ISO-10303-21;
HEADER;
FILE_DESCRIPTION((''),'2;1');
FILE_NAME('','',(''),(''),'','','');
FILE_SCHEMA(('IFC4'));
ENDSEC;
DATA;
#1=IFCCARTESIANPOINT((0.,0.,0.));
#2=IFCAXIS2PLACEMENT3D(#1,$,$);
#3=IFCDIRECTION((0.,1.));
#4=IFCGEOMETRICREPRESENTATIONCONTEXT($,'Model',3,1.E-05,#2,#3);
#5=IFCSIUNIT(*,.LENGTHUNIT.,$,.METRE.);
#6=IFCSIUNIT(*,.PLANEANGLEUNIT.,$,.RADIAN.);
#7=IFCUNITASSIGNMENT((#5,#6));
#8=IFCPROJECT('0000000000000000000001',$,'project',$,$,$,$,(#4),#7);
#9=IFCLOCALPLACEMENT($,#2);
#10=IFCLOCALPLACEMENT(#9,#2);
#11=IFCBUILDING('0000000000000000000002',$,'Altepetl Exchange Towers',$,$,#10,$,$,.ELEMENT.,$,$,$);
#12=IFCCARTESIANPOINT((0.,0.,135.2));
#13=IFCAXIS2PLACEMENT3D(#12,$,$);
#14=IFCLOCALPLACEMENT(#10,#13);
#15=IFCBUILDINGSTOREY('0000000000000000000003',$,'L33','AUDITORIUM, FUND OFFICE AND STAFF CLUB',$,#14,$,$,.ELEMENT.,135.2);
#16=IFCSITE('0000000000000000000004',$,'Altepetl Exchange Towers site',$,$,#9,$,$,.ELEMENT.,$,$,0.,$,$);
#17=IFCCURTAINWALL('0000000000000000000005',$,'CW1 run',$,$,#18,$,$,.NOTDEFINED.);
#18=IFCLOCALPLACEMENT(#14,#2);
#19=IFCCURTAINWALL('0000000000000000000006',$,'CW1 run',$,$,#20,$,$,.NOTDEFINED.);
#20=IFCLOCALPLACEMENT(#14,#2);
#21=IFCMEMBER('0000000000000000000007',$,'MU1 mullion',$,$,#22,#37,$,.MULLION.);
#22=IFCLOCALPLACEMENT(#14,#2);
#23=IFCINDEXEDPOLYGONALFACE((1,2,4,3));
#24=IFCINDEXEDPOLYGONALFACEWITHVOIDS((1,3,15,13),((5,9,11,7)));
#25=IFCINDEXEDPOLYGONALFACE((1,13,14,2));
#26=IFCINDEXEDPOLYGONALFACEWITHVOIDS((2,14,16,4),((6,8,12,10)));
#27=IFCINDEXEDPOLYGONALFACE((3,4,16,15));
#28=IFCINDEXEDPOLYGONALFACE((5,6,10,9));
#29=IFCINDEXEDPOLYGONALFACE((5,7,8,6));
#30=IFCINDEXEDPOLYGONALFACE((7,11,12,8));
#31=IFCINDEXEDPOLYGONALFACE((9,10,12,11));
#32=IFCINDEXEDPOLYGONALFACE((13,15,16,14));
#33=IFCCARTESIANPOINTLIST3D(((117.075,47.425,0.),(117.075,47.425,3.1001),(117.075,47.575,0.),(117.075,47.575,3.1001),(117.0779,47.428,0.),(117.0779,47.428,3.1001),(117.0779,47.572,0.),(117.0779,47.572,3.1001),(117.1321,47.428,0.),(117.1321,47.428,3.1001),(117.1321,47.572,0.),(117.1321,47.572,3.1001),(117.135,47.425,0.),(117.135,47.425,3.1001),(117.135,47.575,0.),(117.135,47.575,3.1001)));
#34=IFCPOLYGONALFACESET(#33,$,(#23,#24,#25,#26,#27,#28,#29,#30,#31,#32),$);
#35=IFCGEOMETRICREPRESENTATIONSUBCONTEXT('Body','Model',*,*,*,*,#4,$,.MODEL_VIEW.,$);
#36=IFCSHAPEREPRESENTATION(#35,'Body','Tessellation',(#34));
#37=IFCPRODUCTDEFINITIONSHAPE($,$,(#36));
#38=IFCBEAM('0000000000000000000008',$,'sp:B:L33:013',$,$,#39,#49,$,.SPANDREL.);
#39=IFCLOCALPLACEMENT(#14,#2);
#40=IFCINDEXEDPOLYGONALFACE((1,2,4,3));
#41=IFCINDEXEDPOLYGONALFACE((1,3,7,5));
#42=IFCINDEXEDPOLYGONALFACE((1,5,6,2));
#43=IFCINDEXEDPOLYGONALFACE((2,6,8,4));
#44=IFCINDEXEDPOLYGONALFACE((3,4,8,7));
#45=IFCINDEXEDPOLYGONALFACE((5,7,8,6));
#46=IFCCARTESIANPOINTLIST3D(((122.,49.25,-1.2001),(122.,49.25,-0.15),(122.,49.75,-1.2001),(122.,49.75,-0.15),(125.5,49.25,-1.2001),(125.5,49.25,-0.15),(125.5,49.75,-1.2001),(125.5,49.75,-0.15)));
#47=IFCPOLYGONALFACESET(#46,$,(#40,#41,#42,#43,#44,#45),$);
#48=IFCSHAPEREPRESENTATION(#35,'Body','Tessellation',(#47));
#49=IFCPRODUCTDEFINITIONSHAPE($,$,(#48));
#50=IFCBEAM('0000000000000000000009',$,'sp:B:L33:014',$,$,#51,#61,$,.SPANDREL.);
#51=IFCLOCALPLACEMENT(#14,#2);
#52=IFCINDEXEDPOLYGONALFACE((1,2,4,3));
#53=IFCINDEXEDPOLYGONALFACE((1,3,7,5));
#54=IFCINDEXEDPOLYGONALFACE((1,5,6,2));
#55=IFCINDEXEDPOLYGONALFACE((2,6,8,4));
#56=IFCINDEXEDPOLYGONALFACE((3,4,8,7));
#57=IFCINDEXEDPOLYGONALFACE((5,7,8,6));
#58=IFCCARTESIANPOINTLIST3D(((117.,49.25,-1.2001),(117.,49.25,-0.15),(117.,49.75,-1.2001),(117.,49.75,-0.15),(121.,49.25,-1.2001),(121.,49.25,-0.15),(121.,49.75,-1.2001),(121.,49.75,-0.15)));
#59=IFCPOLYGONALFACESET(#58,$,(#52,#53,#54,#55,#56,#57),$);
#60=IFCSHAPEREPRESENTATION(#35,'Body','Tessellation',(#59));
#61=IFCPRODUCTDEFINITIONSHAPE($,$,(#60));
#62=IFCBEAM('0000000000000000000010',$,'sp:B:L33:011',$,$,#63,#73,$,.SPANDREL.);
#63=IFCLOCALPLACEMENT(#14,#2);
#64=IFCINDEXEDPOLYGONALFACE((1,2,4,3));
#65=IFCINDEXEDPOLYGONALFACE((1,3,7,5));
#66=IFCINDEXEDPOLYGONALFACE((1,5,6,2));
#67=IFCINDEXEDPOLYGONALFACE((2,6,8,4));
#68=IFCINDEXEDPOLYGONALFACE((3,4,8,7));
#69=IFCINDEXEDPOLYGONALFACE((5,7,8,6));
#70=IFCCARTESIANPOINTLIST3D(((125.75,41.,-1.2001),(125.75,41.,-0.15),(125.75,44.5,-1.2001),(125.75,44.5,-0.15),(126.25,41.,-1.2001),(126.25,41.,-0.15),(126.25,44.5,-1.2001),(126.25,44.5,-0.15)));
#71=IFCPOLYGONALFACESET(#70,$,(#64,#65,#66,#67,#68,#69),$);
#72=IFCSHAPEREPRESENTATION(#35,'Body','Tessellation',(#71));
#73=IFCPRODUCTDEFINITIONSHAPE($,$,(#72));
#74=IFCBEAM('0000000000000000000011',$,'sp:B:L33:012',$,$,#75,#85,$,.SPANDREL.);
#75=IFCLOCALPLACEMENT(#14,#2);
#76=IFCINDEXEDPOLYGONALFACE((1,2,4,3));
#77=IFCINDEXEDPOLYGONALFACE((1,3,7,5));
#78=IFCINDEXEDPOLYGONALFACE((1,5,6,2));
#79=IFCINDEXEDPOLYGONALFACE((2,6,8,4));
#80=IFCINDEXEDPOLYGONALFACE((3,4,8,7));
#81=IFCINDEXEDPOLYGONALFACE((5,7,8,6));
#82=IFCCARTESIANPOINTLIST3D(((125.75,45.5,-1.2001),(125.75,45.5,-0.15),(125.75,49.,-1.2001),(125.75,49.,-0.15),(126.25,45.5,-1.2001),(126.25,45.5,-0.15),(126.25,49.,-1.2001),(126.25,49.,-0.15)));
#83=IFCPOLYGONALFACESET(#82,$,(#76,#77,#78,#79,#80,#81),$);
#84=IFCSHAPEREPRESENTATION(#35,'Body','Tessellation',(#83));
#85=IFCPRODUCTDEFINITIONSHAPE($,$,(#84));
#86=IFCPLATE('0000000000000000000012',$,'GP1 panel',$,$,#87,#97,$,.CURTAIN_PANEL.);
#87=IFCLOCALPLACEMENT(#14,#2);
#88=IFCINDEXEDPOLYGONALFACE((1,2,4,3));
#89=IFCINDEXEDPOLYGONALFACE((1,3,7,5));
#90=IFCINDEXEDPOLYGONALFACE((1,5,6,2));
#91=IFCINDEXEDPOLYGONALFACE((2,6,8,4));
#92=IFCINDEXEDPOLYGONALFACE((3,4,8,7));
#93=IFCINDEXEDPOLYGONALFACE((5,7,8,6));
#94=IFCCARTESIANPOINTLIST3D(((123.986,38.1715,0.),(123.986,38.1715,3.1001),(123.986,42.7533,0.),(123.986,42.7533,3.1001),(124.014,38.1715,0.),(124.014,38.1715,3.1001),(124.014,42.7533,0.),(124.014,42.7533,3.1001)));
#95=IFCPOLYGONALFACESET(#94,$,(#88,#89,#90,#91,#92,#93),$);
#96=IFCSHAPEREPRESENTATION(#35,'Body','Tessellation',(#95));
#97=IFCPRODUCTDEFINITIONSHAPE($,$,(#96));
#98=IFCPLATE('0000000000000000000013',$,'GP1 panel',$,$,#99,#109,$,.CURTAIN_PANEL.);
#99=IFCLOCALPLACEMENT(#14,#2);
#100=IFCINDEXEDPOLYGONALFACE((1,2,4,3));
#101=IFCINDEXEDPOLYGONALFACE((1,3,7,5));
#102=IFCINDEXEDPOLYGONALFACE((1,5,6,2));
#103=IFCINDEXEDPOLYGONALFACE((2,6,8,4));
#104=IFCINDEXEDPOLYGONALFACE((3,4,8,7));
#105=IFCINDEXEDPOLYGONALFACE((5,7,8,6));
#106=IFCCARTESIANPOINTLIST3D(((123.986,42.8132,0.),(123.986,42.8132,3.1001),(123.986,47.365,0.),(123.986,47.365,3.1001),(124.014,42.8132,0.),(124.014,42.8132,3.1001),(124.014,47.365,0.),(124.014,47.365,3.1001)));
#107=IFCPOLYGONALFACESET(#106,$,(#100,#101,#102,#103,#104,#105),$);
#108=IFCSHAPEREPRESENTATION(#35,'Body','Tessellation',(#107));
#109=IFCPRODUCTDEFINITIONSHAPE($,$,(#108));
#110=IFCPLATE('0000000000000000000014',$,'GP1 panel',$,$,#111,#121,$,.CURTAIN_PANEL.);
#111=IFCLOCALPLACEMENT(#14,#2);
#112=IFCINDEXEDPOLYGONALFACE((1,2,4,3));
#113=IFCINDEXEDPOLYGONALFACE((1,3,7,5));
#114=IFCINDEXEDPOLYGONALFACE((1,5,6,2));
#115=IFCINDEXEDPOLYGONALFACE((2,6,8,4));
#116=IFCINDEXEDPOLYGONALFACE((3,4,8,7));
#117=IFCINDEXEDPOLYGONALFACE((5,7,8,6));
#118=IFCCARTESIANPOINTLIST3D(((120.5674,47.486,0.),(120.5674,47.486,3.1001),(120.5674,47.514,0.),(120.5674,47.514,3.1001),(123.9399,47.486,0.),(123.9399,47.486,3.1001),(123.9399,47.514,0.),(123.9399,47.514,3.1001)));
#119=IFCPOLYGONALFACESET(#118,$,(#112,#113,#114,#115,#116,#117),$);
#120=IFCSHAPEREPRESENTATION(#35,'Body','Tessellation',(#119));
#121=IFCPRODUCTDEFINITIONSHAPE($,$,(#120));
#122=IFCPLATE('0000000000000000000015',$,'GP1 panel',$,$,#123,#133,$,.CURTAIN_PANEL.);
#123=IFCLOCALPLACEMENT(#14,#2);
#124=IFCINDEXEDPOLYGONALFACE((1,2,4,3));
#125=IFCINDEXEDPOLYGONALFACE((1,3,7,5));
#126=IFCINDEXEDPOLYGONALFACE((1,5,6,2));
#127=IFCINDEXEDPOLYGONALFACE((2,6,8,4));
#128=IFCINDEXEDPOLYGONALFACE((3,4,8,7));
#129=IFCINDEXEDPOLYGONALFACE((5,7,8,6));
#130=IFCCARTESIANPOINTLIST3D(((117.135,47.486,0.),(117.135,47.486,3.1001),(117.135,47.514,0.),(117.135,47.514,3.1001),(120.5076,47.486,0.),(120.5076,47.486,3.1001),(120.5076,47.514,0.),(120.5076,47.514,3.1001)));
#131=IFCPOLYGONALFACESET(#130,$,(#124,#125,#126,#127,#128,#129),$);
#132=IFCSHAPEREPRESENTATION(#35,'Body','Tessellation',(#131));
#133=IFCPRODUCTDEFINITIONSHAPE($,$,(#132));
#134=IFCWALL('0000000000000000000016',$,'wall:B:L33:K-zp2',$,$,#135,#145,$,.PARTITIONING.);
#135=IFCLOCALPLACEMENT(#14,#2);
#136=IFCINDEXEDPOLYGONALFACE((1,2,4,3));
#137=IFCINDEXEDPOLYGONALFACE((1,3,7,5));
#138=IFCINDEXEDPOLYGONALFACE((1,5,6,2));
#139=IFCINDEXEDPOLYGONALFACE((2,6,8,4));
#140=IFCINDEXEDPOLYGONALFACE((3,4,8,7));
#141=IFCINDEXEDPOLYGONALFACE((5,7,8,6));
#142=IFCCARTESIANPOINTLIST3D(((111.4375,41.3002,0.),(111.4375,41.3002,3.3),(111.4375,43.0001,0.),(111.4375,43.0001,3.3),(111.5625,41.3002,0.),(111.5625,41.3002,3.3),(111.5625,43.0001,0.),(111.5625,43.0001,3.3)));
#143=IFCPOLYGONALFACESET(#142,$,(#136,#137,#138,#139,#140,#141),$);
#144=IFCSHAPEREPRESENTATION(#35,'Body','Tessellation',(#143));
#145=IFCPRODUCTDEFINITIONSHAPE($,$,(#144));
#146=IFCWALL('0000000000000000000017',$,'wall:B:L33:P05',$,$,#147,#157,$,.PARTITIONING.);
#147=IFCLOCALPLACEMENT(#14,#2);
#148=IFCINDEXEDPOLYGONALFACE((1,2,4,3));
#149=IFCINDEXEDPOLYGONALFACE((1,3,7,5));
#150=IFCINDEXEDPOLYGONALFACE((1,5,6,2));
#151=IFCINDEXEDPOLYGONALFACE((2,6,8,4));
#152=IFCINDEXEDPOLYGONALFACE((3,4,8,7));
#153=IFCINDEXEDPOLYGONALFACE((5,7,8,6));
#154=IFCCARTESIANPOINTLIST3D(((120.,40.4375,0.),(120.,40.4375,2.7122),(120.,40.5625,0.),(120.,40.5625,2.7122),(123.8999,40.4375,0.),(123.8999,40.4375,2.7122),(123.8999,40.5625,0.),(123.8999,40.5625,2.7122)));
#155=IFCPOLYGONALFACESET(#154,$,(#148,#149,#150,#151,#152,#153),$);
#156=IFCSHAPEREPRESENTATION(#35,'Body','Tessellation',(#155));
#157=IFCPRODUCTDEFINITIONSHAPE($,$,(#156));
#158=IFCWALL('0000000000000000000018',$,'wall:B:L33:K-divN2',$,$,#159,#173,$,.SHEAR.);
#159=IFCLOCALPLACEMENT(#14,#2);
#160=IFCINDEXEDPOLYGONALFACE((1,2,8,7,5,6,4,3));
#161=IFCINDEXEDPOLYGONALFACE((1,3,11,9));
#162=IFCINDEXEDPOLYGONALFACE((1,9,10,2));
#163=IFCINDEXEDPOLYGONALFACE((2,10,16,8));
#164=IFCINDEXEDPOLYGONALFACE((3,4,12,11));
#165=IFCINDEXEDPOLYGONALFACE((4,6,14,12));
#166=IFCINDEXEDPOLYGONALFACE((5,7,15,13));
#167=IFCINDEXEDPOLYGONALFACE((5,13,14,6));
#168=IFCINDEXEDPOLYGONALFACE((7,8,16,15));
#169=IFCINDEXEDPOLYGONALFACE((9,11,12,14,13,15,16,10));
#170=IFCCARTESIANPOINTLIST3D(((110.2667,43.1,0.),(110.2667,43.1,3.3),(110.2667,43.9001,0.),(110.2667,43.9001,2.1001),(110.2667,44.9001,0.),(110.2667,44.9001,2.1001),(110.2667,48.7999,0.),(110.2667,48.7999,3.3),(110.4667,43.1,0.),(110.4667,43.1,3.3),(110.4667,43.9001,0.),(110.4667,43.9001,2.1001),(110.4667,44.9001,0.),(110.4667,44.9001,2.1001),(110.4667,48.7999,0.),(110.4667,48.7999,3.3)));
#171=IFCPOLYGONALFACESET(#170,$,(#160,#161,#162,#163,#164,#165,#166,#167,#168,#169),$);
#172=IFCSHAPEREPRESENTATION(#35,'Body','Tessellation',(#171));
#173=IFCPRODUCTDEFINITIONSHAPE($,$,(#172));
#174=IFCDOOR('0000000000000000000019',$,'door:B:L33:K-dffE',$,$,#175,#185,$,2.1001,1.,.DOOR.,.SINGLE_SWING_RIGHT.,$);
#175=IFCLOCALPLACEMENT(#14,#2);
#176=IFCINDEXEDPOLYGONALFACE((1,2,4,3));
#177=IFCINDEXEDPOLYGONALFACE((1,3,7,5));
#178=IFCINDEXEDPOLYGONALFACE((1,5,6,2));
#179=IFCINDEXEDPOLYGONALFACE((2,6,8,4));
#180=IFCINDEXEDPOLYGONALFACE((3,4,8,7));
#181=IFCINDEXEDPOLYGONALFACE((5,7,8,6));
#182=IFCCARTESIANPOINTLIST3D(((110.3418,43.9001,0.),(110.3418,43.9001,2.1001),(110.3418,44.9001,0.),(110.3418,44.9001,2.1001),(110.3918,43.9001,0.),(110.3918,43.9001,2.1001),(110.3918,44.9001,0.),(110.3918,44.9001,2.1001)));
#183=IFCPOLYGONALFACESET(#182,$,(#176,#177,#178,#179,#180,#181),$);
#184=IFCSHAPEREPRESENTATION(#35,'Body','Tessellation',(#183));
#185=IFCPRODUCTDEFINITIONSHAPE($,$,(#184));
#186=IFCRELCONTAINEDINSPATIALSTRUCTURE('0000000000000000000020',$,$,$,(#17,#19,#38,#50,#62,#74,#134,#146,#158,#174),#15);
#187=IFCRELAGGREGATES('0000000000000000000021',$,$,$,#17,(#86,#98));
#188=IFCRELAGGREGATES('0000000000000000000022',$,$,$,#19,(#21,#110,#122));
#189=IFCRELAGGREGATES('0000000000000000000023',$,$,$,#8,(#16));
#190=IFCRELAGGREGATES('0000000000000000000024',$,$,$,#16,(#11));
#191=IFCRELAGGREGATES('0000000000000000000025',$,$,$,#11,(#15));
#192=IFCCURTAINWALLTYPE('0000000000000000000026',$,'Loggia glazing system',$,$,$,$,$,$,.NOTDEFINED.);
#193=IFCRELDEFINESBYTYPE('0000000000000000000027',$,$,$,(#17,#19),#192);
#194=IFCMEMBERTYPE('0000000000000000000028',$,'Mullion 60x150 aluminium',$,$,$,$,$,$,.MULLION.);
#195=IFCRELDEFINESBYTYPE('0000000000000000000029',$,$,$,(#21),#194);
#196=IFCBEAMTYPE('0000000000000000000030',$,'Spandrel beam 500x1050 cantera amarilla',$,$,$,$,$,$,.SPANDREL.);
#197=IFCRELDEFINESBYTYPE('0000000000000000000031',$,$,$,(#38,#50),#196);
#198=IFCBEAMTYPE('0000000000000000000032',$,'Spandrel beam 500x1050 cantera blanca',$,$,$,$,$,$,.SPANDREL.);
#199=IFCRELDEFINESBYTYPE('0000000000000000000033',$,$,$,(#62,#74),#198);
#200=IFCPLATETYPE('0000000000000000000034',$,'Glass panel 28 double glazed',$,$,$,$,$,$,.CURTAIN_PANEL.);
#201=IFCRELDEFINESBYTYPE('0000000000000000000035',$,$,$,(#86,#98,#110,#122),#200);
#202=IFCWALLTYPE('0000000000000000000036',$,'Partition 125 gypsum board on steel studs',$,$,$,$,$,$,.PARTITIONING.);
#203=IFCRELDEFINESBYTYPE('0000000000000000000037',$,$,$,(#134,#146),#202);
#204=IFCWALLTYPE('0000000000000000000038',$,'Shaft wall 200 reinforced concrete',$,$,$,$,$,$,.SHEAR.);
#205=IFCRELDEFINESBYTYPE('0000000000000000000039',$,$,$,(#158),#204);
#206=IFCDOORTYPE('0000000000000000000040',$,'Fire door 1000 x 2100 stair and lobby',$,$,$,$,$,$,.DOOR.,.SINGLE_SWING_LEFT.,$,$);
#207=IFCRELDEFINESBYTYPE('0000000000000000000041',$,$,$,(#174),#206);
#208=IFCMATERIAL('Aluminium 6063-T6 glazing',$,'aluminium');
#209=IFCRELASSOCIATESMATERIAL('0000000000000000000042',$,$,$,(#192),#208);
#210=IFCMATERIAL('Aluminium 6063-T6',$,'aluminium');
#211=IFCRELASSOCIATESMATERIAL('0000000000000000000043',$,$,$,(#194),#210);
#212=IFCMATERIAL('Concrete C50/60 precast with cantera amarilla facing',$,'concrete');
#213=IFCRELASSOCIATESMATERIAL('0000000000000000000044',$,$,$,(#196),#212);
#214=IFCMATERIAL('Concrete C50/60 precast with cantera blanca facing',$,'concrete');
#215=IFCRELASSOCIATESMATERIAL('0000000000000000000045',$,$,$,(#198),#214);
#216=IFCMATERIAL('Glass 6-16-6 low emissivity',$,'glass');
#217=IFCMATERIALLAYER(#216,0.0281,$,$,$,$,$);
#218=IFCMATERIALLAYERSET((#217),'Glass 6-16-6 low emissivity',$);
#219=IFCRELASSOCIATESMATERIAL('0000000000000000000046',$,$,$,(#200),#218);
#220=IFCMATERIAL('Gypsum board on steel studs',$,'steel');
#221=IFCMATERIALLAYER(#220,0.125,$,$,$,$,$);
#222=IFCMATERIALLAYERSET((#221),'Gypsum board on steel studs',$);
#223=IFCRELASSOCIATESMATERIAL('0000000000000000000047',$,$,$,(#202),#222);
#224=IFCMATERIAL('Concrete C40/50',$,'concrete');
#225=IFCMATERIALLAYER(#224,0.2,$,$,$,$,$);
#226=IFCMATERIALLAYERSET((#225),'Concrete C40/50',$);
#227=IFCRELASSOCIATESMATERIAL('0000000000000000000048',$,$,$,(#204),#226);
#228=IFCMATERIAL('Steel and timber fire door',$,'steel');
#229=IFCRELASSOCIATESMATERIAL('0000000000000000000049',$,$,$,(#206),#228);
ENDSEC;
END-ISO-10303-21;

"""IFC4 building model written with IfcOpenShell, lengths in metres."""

from ifc_helpers import new_model, si_unit, direction, frame, frame_2d, origin, origin_2d, place, context, subcontext, project, spatial, rectangle, hollow_rectangle, extrude, material, layer, layer_set, material_profile, profile_set, type_object, element, fill, aggregate, save


model = new_model("IFC4")

# Units and contexts
model_context = context("Model", 3, precision=1e-05, world=origin(), true_north=direction((0.0, 1.0)))
body_context = subcontext(model_context, "Body", "Model", "MODEL_VIEW")
ifc_project = project(units=[si_unit("LENGTHUNIT", "METRE"), si_unit("PLANEANGLEUNIT", "RADIAN")], contexts=[model_context])

# Site, building, storey
site_placement = place(None, origin())
site = spatial("IfcSite", under=ifc_project, at=site_placement, Name="Altepetl Exchange Towers site", CompositionType="ELEMENT", RefElevation=0.0)
building_placement = place(site_placement, origin())
building = spatial("IfcBuilding", under=site, at=building_placement, Name="Altepetl Exchange Towers", CompositionType="ELEMENT")
storey_placement = place(building_placement, frame((0.0, 0.0, 135.2)))
storey = spatial("IfcBuildingStorey", under=building, at=storey_placement, Name="L33", Description="AUDITORIUM, FUND OFFICE AND STAFF CLUB", CompositionType="ELEMENT", Elevation=135.2)

# Curtain walls, member
ifc_material_1 = material(Name="Aluminium 6063-T6 glazing", Category="aluminium")
curtain_wall_type = type_object("IfcCurtainWallType", Name="Loggia glazing system", PredefinedType="NOTDEFINED", material=ifc_material_1)
curtain_wall_1_placement = place(storey_placement, origin())
curtain_wall_1 = element("IfcCurtainWall", 1, at=curtain_wall_1_placement, inside=storey, type_object=curtain_wall_type, Name="CW1 run", PredefinedType="NOTDEFINED")
ifc_material_2 = material(Name="Aluminium 6063-T6", Category="aluminium")
ifc_material_profile_1 = material_profile(ifc_material_2, hollow_rectangle(XDim=0.0601, YDim=0.1499, WallThickness=0.0029, at=origin_2d()), Name="Mullion 60x150 aluminium")
ifc_profile_set_1 = profile_set([ifc_material_profile_1], Name="Aluminium 6063-T6")
member_type = type_object("IfcMemberType", Name="Mullion 60x150 aluminium", PredefinedType="MULLION", material=ifc_profile_set_1)
curtain_wall_2_placement = place(storey_placement, origin())
curtain_wall_2 = element("IfcCurtainWall", 2, at=curtain_wall_2_placement, inside=storey, type_object=curtain_wall_type, Name="CW1 run", PredefinedType="NOTDEFINED")
member_1_placement = place(storey_placement, frame((117.105, 47.5, 0.0), z_axis=(0.0, 0.0, 1.0), x_axis=(-1.0, 0.0, 0.0)))
member_1 = element("IfcMember", 3, at=member_1_placement, type_object=member_type, Name="MU1 mullion", PredefinedType="MULLION", context=body_context, shape_type="SweptSolid", body=[
    extrude(hollow_rectangle(XDim=0.0601, YDim=0.1499, WallThickness=0.0029, at=origin_2d()), origin(), (0.0, 0.0, 1.0), 3.1001),
])

# Beams
ifc_material_3 = material(Name="Concrete C50/60 precast with cantera amarilla facing", Category="concrete")
ifc_material_profile_2 = material_profile(ifc_material_3, rectangle(XDim=0.5, YDim=1.05, at=origin_2d()), Name="500 x 1050")
ifc_profile_set_2 = profile_set([ifc_material_profile_2], Name="Concrete C50/60 precast with cantera amarilla facing")
beam_type_1 = type_object("IfcBeamType", Name="Spandrel beam 500x1050 cantera amarilla", PredefinedType="SPANDREL", material=ifc_profile_set_2)
beam_1_placement = place(storey_placement, frame((125.5, 49.5, -0.675), z_axis=(-1.0, 0.0, 0.0), x_axis=(0.0, -1.0, 0.0)))
element("IfcBeam", 4, at=beam_1_placement, inside=storey, type_object=beam_type_1, Name="sp:B:L33:013", PredefinedType="SPANDREL", context=body_context, shape_type="SweptSolid", body=[
    extrude(rectangle(XDim=0.5, YDim=1.05, at=origin_2d()), origin(), (0.0, 0.0, 1.0), 3.5),
])
beam_2_placement = place(storey_placement, frame((121.0, 49.5, -0.675), z_axis=(-1.0, 0.0, 0.0), x_axis=(0.0, -1.0, 0.0)))
element("IfcBeam", 5, at=beam_2_placement, inside=storey, type_object=beam_type_1, Name="sp:B:L33:014", PredefinedType="SPANDREL", context=body_context, shape_type="SweptSolid", body=[
    extrude(rectangle(XDim=0.5, YDim=1.05, at=origin_2d()), origin(), (0.0, 0.0, 1.0), 4.0),
])
ifc_material_4 = material(Name="Concrete C50/60 precast with cantera blanca facing", Category="concrete")
ifc_material_profile_3 = material_profile(ifc_material_4, rectangle(XDim=0.5, YDim=1.05, at=origin_2d()), Name="500 x 1050")
ifc_profile_set_3 = profile_set([ifc_material_profile_3], Name="Concrete C50/60 precast with cantera blanca facing")
beam_type_2 = type_object("IfcBeamType", Name="Spandrel beam 500x1050 cantera blanca", PredefinedType="SPANDREL", material=ifc_profile_set_3)
for number, where, z_axis, x_axis, name in (
    (6, (126.0, 41.0, -0.675), (0.0, 1.0, 0.0), (-1.0, 0.0, 0.0), "sp:B:L33:011"),
    (7, (126.0, 45.5, -0.675), (0.0, 1.0, 0.0), (-1.0, 0.0, 0.0), "sp:B:L33:012"),
):
    element("IfcBeam", number, at=place(storey_placement, frame(where, z_axis=z_axis, x_axis=x_axis)), inside=storey, type_object=beam_type_2, Name=name, PredefinedType="SPANDREL", context=body_context, shape_type="SweptSolid", body=[
        extrude(rectangle(XDim=0.5, YDim=1.05, at=origin_2d()), origin(), (0.0, 0.0, 1.0), 3.5),
    ])

# Plates
ifc_material_5 = material(Name="Glass 6-16-6 low emissivity", Category="glass")
ifc_layer_1 = layer(ifc_material_5, 0.0281)
ifc_layer_set_1 = layer_set([ifc_layer_1], Name="Glass 6-16-6 low emissivity")
plate_type = type_object("IfcPlateType", Name="Glass panel 28 double glazed", PredefinedType="CURTAIN_PANEL", material=ifc_layer_set_1)
plate_1_placement = place(storey_placement, frame((124.0, 40.4624, 0.0), z_axis=(0.0, 0.0, 1.0), x_axis=(0.0, 1.0, 0.0)))
plate_1 = element("IfcPlate", 8, at=plate_1_placement, type_object=plate_type, Name="GP1 panel", PredefinedType="CURTAIN_PANEL", context=body_context, shape_type="SweptSolid", body=[
    extrude(rectangle(XDim=4.5818, YDim=0.0281, at=origin_2d()), origin(), (0.0, 0.0, 1.0), 3.1001),
])
plate_2_placement = place(storey_placement, frame((124.0, 45.0891, 0.0), z_axis=(0.0, 0.0, 1.0), x_axis=(0.0, 1.0, 0.0)))
plate_2 = element("IfcPlate", 9, at=plate_2_placement, type_object=plate_type, Name="GP1 panel", PredefinedType="CURTAIN_PANEL", context=body_context, shape_type="SweptSolid", body=[
    extrude(rectangle(XDim=4.5518, YDim=0.0281, at=origin_2d()), origin(), (0.0, 0.0, 1.0), 3.1001),
])
aggregate(curtain_wall_1, [plate_1, plate_2])
plate_3_placement = place(storey_placement, frame((122.2537, 47.5, 0.0), z_axis=(0.0, 0.0, 1.0), x_axis=(-1.0, 0.0, 0.0)))
plate_3 = element("IfcPlate", 10, at=plate_3_placement, type_object=plate_type, Name="GP1 panel", PredefinedType="CURTAIN_PANEL", context=body_context, shape_type="SweptSolid", body=[
    extrude(rectangle(XDim=3.3726, YDim=0.0281, at=origin_2d()), origin(), (0.0, 0.0, 1.0), 3.1001),
])
plate_4_placement = place(storey_placement, frame((118.8213, 47.5, 0.0), z_axis=(0.0, 0.0, 1.0), x_axis=(-1.0, 0.0, 0.0)))
plate_4 = element("IfcPlate", 11, at=plate_4_placement, type_object=plate_type, Name="GP1 panel", PredefinedType="CURTAIN_PANEL", context=body_context, shape_type="SweptSolid", body=[
    extrude(rectangle(XDim=3.3726, YDim=0.0281, at=origin_2d()), origin(), (0.0, 0.0, 1.0), 3.1001),
])
aggregate(curtain_wall_2, [member_1, plate_3, plate_4])

# Walls
ifc_material_6 = material(Name="Gypsum board on steel studs", Category="steel")
ifc_layer_2 = layer(ifc_material_6, 0.125)
ifc_layer_set_2 = layer_set([ifc_layer_2], Name="Gypsum board on steel studs")
wall_type_1 = type_object("IfcWallType", Name="Partition 125 gypsum board on steel studs", PredefinedType="PARTITIONING", material=ifc_layer_set_2)
wall_1_placement = place(storey_placement, frame((111.5, 41.3, 0.0), z_axis=(0.0, 0.0, 1.0), x_axis=(0.0, 1.0, 0.0)))
element("IfcWall", 12, at=wall_1_placement, inside=storey, type_object=wall_type_1, Name="wall:B:L33:K-zp2", PredefinedType="PARTITIONING", context=body_context, shape_type="SweptSolid", body=[
    extrude(rectangle(XDim=1.7, YDim=0.125, at=frame_2d((0.8501, 0.0))), origin(), (0.0, 0.0, 1.0), 3.3),
])
wall_2_placement = place(storey_placement, frame((120.0, 40.5, 0.0)))
element("IfcWall", 13, at=wall_2_placement, inside=storey, type_object=wall_type_1, Name="wall:B:L33:P05", PredefinedType="PARTITIONING", context=body_context, shape_type="SweptSolid", body=[
    extrude(rectangle(XDim=3.8999, YDim=0.125, at=frame_2d((1.95, 0.0))), origin(), (0.0, 0.0, 1.0), 2.7122),
])

# Wall, opening, door
ifc_material_7 = material(Name="Concrete C40/50", Category="concrete")
ifc_layer_3 = layer(ifc_material_7, 0.2)
ifc_layer_set_3 = layer_set([ifc_layer_3], Name="Concrete C40/50")
wall_type_2 = type_object("IfcWallType", Name="Shaft wall 200 reinforced concrete", PredefinedType="SHEAR", material=ifc_layer_set_3)
wall_3_placement = place(storey_placement, frame((110.3667, 48.8, 0.0), z_axis=(0.0, 0.0, 1.0), x_axis=(0.0, -1.0, 0.0)))
wall_3 = element("IfcWall", 14, at=wall_3_placement, inside=storey, type_object=wall_type_2, Name="wall:B:L33:K-divN2", PredefinedType="SHEAR", context=body_context, shape_type="SweptSolid", body=[
    extrude(rectangle(XDim=5.7, YDim=0.2, at=frame_2d((2.8501, 0.0))), origin(), (0.0, 0.0, 1.0), 3.3),
])
opening_1_placement = place(wall_3_placement, frame((3.8999, 0.0, 0.0)))
opening_1 = element("IfcOpeningElement", 15, at=opening_1_placement, cuts=wall_3, PredefinedType="OPENING", context=body_context, shape_type="SweptSolid", body=[
    extrude(rectangle(XDim=1.0, YDim=2.1001, at=frame_2d((0.5, 1.05))), frame((0.0, 0.1099, 0.0), z_axis=(0.0, -1.0, 0.0), x_axis=(1.0, 0.0, 0.0)), (0.0, 0.0, 1.0), 0.22),
])
ifc_material_8 = material(Name="Steel and timber fire door", Category="steel")
door_type = type_object("IfcDoorType", Name="Fire door 1000 x 2100 stair and lobby", OperationType="SINGLE_SWING_LEFT", PredefinedType="DOOR", material=ifc_material_8)
door_1_placement = place(opening_1_placement, frame((1.0, 0.0, 0.0), x_axis=(-1.0, 0.0, 0.0)))
door_1 = element("IfcDoor", 16, at=door_1_placement, inside=storey, type_object=door_type, Name="door:B:L33:K-dffE", OperationType="SINGLE_SWING_RIGHT", OverallHeight=2.1001, OverallWidth=1.0, PredefinedType="DOOR", context=body_context, shape_type="SweptSolid", body=[
    extrude(rectangle(XDim=1.0, YDim=2.1001, at=frame_2d((0.5, 1.05))), frame((0.0, 0.0249, 0.0), z_axis=(0.0, -1.0, 0.0), x_axis=(1.0, 0.0, 0.0)), (0.0, 0.0, 1.0), 0.05),
])
fill(opening_1, door_1)

save(model, "model.ifc")
